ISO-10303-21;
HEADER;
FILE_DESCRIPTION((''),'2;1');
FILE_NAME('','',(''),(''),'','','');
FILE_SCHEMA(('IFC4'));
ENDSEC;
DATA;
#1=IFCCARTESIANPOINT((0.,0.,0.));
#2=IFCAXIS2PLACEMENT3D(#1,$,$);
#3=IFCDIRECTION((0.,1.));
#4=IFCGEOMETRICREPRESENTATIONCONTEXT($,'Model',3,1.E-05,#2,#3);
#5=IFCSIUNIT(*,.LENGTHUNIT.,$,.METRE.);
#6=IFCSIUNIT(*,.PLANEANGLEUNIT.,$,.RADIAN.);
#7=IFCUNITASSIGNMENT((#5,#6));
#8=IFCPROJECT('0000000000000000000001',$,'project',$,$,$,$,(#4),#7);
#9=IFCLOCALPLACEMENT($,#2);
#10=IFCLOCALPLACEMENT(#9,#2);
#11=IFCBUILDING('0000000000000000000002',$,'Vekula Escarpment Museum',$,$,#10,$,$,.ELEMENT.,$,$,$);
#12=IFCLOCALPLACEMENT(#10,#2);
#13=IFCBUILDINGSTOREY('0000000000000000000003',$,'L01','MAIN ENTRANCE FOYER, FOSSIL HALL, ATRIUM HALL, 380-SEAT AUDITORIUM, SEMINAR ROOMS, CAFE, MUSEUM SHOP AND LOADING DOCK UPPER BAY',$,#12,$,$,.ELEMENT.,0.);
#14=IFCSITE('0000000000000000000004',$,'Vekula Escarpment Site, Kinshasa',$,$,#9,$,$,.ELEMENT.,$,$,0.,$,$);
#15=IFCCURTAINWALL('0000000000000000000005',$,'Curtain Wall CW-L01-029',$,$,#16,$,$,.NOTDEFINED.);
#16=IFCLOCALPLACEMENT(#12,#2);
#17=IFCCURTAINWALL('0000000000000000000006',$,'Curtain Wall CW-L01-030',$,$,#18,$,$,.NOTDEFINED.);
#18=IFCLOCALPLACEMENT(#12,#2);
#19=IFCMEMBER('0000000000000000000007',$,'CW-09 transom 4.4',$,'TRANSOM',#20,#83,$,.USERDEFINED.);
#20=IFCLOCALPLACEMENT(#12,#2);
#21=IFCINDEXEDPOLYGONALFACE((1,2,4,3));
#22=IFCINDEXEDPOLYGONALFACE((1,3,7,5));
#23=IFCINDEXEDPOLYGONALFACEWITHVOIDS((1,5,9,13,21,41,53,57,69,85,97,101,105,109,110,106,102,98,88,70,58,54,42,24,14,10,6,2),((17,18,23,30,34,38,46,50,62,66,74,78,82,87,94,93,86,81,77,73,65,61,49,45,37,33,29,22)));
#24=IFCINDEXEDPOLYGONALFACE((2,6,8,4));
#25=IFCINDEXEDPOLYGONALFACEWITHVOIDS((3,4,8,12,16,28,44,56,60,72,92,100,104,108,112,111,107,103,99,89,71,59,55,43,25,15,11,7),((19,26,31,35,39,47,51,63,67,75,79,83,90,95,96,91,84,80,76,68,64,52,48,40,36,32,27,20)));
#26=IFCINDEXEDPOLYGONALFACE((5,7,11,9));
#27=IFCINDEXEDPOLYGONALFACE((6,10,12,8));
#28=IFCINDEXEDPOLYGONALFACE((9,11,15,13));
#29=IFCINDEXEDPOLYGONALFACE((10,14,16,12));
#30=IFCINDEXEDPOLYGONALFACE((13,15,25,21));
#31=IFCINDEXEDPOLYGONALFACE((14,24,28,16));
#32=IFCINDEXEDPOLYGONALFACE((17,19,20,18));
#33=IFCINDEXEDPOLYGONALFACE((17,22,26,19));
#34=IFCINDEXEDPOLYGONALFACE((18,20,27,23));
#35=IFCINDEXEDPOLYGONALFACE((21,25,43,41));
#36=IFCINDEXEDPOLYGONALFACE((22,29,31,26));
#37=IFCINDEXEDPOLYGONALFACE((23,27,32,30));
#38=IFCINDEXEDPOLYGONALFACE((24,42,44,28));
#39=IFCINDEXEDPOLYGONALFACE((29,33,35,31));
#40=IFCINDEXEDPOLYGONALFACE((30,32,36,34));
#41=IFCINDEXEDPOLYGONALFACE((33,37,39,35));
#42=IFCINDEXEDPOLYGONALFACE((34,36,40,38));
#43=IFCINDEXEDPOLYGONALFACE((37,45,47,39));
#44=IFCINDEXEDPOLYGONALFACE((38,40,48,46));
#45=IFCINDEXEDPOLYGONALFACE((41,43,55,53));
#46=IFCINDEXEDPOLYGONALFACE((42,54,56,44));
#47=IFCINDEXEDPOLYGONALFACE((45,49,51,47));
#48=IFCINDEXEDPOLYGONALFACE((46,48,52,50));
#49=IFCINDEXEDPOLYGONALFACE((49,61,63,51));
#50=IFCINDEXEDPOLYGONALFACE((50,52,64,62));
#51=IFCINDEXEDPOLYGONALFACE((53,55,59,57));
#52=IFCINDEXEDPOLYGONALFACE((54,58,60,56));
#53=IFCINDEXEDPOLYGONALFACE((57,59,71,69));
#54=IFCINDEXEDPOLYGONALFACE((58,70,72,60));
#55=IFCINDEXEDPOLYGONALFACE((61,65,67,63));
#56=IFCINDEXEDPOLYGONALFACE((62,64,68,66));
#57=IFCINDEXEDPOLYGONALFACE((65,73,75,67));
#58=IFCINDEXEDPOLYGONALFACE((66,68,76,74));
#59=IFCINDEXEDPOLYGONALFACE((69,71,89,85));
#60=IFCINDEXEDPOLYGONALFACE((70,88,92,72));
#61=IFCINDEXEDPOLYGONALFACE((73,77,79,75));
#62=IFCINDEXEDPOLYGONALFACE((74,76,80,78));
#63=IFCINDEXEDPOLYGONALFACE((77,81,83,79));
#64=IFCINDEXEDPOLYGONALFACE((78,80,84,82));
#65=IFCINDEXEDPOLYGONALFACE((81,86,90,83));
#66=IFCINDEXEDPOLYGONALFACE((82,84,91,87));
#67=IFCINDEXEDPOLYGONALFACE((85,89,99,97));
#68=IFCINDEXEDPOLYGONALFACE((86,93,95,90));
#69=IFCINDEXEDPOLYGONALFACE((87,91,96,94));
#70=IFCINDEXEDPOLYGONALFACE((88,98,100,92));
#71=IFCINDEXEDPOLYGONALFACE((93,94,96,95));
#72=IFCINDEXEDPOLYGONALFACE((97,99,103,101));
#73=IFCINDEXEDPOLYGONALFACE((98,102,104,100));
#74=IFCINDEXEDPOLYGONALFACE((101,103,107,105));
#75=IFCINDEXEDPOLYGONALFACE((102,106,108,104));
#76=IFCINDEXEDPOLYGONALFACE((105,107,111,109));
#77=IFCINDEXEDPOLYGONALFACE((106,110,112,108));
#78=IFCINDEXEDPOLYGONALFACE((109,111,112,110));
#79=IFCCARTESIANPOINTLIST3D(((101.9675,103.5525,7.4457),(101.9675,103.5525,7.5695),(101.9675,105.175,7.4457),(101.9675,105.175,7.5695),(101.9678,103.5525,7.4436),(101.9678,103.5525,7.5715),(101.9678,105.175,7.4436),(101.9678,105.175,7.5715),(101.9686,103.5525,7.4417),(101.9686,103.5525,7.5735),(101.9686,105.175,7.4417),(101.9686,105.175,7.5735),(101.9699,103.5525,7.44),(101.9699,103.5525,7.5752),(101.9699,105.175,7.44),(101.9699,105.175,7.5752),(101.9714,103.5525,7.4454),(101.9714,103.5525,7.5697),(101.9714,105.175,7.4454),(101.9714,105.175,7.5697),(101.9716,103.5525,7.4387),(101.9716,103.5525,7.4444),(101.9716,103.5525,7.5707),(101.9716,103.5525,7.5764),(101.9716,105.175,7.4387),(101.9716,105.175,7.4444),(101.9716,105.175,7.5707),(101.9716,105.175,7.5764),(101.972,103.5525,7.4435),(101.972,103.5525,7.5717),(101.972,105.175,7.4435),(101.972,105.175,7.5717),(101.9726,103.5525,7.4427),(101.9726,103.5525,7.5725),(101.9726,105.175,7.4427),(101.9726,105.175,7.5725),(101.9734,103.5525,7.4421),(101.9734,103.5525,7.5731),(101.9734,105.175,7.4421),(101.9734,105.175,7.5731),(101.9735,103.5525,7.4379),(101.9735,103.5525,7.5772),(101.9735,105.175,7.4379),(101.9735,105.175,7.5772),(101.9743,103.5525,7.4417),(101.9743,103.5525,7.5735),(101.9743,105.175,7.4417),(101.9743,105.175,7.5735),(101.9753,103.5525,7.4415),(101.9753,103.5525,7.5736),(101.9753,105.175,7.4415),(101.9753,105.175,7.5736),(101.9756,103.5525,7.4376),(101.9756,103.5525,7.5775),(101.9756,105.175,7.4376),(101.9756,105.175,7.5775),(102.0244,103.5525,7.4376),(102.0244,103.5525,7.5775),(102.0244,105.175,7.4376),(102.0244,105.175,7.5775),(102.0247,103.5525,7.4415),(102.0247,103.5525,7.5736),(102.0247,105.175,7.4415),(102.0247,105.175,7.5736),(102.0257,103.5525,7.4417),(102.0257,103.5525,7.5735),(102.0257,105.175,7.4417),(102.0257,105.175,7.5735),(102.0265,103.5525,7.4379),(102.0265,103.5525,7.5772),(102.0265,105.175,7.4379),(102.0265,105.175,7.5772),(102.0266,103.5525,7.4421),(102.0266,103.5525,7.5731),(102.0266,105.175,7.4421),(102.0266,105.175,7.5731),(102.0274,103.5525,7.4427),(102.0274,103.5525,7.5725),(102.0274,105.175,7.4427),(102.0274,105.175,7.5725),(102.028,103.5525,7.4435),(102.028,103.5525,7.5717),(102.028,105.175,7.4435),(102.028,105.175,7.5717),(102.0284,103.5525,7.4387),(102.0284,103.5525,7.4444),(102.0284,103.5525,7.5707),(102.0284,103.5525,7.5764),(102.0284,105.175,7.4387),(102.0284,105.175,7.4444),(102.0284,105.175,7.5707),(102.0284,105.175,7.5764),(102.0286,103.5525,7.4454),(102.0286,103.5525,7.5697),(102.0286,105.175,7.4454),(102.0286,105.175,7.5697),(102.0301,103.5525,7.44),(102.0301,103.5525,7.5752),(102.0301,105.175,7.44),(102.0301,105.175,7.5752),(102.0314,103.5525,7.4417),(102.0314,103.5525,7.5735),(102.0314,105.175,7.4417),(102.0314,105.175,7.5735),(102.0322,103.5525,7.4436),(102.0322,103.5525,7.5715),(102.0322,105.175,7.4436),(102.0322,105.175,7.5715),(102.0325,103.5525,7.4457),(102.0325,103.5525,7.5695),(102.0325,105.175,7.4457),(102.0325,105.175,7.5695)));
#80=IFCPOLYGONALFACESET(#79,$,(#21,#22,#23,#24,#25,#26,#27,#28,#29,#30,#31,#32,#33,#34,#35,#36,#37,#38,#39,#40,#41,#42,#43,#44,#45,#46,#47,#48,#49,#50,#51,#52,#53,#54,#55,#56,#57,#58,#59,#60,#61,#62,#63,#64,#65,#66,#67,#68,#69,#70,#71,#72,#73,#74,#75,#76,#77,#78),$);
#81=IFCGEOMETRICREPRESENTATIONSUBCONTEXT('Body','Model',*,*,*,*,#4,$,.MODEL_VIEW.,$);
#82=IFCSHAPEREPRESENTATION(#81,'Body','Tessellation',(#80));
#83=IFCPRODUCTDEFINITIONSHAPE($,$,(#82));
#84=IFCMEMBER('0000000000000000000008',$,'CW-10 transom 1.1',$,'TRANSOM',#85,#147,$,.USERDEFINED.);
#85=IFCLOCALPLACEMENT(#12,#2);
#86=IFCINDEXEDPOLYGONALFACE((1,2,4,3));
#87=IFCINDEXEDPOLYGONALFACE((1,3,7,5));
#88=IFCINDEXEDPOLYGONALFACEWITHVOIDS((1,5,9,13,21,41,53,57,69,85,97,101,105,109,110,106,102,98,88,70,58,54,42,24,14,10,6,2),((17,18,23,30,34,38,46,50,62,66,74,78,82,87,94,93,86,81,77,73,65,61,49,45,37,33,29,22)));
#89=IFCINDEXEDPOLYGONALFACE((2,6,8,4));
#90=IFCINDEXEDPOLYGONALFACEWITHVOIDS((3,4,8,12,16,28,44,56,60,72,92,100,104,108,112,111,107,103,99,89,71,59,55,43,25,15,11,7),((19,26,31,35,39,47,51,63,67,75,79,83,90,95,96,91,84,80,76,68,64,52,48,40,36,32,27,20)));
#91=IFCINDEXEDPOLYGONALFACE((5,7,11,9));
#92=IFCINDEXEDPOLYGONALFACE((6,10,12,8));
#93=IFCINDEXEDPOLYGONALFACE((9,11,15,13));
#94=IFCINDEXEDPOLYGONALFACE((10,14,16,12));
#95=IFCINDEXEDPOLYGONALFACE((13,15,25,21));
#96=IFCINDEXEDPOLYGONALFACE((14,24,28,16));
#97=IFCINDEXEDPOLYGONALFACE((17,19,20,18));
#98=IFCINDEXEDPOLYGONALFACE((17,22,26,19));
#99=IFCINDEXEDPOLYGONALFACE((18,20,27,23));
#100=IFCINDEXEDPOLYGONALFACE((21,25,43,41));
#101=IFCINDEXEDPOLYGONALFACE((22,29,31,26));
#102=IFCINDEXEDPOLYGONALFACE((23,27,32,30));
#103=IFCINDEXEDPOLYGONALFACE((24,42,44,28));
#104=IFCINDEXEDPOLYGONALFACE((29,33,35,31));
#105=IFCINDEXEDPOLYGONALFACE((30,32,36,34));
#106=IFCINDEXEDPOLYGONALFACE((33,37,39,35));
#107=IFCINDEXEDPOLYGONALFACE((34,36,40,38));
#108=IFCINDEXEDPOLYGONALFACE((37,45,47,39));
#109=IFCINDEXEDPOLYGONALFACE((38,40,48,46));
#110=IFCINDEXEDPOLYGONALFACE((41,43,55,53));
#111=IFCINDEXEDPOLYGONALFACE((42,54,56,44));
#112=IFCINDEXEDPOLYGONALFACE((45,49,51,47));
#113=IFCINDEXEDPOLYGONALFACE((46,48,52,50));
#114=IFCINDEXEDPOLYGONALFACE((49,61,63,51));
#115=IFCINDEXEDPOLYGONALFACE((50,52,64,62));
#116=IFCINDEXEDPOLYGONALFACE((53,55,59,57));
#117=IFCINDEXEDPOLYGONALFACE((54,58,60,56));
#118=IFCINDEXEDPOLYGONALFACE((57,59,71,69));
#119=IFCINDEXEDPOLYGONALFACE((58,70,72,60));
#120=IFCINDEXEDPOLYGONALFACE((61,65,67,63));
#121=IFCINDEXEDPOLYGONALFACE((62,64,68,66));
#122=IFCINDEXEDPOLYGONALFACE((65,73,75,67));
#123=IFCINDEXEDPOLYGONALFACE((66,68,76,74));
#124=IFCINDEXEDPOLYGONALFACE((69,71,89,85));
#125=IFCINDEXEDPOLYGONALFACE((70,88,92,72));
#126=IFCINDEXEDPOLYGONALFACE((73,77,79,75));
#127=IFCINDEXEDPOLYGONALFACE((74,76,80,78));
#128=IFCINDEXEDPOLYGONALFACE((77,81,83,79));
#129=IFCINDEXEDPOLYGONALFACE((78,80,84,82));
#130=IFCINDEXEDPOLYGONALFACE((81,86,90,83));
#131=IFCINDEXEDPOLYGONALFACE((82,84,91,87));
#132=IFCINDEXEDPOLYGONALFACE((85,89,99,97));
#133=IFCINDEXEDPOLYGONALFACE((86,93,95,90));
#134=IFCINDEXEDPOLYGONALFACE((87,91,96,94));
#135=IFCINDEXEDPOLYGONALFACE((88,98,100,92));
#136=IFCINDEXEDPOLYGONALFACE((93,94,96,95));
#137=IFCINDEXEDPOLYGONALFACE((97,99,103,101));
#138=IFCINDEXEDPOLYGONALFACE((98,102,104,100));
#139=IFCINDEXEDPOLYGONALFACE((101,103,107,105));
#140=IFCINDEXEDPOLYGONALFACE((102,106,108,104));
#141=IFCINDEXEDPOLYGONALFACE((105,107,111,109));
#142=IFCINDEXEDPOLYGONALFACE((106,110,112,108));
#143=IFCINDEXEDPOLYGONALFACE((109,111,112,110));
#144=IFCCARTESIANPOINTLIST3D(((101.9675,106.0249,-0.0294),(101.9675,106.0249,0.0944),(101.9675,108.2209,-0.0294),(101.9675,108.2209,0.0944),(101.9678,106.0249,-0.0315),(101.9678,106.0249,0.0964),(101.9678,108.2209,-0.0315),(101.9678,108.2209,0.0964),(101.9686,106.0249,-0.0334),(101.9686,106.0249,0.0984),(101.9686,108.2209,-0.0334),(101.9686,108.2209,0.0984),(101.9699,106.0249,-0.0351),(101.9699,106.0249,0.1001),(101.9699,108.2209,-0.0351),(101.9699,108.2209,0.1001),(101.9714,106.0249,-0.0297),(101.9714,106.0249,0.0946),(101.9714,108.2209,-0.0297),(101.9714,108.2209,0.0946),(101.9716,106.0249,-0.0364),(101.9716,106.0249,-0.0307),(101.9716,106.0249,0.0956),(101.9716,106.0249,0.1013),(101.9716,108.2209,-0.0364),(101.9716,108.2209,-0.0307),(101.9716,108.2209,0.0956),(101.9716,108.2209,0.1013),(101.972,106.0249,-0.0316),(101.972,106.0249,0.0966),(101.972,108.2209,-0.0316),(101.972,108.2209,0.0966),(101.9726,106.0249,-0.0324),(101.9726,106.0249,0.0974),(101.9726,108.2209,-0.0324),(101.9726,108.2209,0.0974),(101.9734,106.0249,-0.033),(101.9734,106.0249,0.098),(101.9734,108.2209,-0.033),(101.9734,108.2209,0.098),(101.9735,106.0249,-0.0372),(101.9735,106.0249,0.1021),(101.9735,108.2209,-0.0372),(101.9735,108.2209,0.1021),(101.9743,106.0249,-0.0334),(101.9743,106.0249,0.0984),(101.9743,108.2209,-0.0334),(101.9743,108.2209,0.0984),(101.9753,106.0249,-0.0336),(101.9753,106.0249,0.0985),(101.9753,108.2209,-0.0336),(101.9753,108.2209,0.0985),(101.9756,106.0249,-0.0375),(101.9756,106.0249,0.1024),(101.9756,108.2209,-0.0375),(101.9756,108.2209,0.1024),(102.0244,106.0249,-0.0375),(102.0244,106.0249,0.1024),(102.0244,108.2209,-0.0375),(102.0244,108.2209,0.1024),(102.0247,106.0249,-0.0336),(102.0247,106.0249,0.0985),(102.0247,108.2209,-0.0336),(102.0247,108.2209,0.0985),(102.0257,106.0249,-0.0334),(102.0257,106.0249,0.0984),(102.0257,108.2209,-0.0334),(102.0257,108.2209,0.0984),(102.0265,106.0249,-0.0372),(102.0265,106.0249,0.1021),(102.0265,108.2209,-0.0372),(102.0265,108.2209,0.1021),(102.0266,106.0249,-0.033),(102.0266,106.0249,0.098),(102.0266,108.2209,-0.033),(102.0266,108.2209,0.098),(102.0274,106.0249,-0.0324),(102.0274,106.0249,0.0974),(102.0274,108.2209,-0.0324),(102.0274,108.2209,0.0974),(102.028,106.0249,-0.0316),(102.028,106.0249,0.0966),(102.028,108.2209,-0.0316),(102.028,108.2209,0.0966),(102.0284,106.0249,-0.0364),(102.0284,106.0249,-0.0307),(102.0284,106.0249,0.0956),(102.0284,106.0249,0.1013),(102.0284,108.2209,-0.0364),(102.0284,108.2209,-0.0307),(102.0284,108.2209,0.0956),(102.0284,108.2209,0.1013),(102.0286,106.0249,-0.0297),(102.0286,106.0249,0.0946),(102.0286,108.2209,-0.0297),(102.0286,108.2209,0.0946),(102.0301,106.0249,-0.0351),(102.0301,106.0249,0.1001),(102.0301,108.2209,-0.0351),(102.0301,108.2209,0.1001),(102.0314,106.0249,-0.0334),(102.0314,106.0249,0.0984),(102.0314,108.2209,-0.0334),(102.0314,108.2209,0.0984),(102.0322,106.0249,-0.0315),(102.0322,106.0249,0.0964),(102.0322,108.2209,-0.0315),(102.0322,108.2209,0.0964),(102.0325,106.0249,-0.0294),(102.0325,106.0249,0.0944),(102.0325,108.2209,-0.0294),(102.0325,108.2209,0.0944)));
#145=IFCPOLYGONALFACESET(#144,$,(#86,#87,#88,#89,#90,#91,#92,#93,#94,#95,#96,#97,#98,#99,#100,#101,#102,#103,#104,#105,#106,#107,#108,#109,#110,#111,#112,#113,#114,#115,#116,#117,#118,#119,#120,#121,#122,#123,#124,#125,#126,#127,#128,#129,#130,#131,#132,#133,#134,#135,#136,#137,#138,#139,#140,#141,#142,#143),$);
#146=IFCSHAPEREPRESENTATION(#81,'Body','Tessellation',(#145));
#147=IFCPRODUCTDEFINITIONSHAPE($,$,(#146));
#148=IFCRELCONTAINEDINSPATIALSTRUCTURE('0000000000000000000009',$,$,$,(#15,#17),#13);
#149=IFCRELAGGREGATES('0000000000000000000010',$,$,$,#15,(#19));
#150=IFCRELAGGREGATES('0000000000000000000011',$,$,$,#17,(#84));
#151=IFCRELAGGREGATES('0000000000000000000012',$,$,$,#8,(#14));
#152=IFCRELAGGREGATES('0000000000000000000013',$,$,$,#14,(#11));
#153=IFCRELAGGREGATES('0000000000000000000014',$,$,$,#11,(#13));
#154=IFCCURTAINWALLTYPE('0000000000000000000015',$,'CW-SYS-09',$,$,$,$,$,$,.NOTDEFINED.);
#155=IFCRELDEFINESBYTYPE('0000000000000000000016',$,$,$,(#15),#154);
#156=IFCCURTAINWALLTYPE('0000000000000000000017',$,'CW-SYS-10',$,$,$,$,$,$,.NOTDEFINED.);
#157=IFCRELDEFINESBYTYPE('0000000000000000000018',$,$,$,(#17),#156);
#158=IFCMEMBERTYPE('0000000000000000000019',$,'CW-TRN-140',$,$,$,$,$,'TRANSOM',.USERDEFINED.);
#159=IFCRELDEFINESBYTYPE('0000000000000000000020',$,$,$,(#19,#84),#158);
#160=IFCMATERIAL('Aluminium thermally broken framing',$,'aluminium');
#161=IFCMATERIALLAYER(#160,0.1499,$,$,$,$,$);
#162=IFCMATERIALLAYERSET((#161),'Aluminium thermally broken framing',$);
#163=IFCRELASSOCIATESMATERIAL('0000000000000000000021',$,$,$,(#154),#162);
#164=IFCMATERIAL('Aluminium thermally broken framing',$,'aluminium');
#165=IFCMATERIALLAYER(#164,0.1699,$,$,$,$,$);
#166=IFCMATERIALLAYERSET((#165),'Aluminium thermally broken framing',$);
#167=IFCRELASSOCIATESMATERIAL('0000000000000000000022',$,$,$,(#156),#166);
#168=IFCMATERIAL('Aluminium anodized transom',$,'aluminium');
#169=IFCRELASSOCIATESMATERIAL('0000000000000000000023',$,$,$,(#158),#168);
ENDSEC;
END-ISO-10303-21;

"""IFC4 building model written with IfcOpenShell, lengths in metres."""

from ifc_helpers import new_model, si_unit, direction, frame, origin, origin_2d, place, context, subcontext, project, spatial, hollow_rectangle, extrude, material, layer, layer_set, material_profile, profile_set, type_object, element, aggregate, save


model = new_model("IFC4")

# Units and contexts
model_context = context("Model", 3, precision=1e-05, world=origin(), true_north=direction((0.0, 1.0)))
body_context = subcontext(model_context, "Body", "Model", "MODEL_VIEW")
ifc_project = project(units=[si_unit("LENGTHUNIT", "METRE"), si_unit("PLANEANGLEUNIT", "RADIAN")], contexts=[model_context])

# Site, building, storey
site_placement = place(None, origin())
site = spatial("IfcSite", under=ifc_project, at=site_placement, Name="Vekula Escarpment Site, Kinshasa", CompositionType="ELEMENT", RefElevation=0.0)
building_placement = place(site_placement, origin())
building = spatial("IfcBuilding", under=site, at=building_placement, Name="Vekula Escarpment Museum", CompositionType="ELEMENT")
storey_placement = place(building_placement, origin())
storey = spatial("IfcBuildingStorey", under=building, at=storey_placement, Name="L01", Description="MAIN ENTRANCE FOYER, FOSSIL HALL, ATRIUM HALL, 380-SEAT AUDITORIUM, SEMINAR ROOMS, CAFE, MUSEUM SHOP AND LOADING DOCK UPPER BAY", CompositionType="ELEMENT", Elevation=0.0)

# Curtain walls
ifc_material_1 = material(Name="Aluminium thermally broken framing", Category="aluminium")
ifc_layer_1 = layer(ifc_material_1, 0.1499)
ifc_layer_set_1 = layer_set([ifc_layer_1], Name="Aluminium thermally broken framing")
curtain_wall_type_1 = type_object("IfcCurtainWallType", Name="CW-SYS-09", PredefinedType="NOTDEFINED", material=ifc_layer_set_1)
curtain_wall_1_placement = place(storey_placement, origin())
curtain_wall_1 = element("IfcCurtainWall", 1, at=curtain_wall_1_placement, inside=storey, type_object=curtain_wall_type_1, Name="Curtain Wall CW-L01-029", PredefinedType="NOTDEFINED")
ifc_material_2 = material(Name="Aluminium thermally broken framing", Category="aluminium")
ifc_layer_2 = layer(ifc_material_2, 0.1699)
ifc_layer_set_2 = layer_set([ifc_layer_2], Name="Aluminium thermally broken framing")
curtain_wall_type_2 = type_object("IfcCurtainWallType", Name="CW-SYS-10", PredefinedType="NOTDEFINED", material=ifc_layer_set_2)
curtain_wall_2_placement = place(storey_placement, origin())
curtain_wall_2 = element("IfcCurtainWall", 2, at=curtain_wall_2_placement, inside=storey, type_object=curtain_wall_type_2, Name="Curtain Wall CW-L01-030", PredefinedType="NOTDEFINED")

# Members
ifc_material_3 = material(Name="Aluminium anodized transom", Category="aluminium")
ifc_material_profile_1 = material_profile(ifc_material_3, hollow_rectangle(XDim=0.0649, YDim=0.1399, WallThickness=0.0039, InnerFilletRadius=0.0039, OuterFilletRadius=0.0081, at=origin_2d()), Name="ALU 140x65x4")
ifc_profile_set_1 = profile_set([ifc_material_profile_1], Name="Aluminium anodized transom")
member_type_1 = type_object("IfcMemberType", Name="CW-TRN-140", ElementType="TRANSOM", PredefinedType="USERDEFINED", material=ifc_profile_set_1)
member_1_placement = place(storey_placement, frame((102.0, 103.5525, 7.5076), z_axis=(0.0, 1.0, 0.0), x_axis=(-1.0, 0.0, 0.0)))
member_1 = element("IfcMember", 3, at=member_1_placement, type_object=member_type_1, Name="CW-09 transom 4.4", ObjectType="TRANSOM", PredefinedType="USERDEFINED", context=body_context, shape_type="SweptSolid", body=[
    extrude(hollow_rectangle(XDim=0.0649, YDim=0.1399, WallThickness=0.0039, InnerFilletRadius=0.0039, OuterFilletRadius=0.0081, at=origin_2d()), origin(), (0.0, 0.0, 1.0), 1.6226),
])
member_2_placement = place(storey_placement, frame((102.0, 106.0249, 0.0325), z_axis=(0.0, 1.0, 0.0), x_axis=(-1.0, 0.0, 0.0)))
member_2 = element("IfcMember", 4, at=member_2_placement, type_object=member_type_1, Name="CW-10 transom 1.1", ObjectType="TRANSOM", PredefinedType="USERDEFINED", context=body_context, shape_type="SweptSolid", body=[
    extrude(hollow_rectangle(XDim=0.0649, YDim=0.1399, WallThickness=0.0039, InnerFilletRadius=0.0039, OuterFilletRadius=0.0081, at=origin_2d()), origin(), (0.0, 0.0, 1.0), 2.196),
])

aggregate(curtain_wall_1, [member_1])
aggregate(curtain_wall_2, [member_2])

save(model, "model.ifc")
